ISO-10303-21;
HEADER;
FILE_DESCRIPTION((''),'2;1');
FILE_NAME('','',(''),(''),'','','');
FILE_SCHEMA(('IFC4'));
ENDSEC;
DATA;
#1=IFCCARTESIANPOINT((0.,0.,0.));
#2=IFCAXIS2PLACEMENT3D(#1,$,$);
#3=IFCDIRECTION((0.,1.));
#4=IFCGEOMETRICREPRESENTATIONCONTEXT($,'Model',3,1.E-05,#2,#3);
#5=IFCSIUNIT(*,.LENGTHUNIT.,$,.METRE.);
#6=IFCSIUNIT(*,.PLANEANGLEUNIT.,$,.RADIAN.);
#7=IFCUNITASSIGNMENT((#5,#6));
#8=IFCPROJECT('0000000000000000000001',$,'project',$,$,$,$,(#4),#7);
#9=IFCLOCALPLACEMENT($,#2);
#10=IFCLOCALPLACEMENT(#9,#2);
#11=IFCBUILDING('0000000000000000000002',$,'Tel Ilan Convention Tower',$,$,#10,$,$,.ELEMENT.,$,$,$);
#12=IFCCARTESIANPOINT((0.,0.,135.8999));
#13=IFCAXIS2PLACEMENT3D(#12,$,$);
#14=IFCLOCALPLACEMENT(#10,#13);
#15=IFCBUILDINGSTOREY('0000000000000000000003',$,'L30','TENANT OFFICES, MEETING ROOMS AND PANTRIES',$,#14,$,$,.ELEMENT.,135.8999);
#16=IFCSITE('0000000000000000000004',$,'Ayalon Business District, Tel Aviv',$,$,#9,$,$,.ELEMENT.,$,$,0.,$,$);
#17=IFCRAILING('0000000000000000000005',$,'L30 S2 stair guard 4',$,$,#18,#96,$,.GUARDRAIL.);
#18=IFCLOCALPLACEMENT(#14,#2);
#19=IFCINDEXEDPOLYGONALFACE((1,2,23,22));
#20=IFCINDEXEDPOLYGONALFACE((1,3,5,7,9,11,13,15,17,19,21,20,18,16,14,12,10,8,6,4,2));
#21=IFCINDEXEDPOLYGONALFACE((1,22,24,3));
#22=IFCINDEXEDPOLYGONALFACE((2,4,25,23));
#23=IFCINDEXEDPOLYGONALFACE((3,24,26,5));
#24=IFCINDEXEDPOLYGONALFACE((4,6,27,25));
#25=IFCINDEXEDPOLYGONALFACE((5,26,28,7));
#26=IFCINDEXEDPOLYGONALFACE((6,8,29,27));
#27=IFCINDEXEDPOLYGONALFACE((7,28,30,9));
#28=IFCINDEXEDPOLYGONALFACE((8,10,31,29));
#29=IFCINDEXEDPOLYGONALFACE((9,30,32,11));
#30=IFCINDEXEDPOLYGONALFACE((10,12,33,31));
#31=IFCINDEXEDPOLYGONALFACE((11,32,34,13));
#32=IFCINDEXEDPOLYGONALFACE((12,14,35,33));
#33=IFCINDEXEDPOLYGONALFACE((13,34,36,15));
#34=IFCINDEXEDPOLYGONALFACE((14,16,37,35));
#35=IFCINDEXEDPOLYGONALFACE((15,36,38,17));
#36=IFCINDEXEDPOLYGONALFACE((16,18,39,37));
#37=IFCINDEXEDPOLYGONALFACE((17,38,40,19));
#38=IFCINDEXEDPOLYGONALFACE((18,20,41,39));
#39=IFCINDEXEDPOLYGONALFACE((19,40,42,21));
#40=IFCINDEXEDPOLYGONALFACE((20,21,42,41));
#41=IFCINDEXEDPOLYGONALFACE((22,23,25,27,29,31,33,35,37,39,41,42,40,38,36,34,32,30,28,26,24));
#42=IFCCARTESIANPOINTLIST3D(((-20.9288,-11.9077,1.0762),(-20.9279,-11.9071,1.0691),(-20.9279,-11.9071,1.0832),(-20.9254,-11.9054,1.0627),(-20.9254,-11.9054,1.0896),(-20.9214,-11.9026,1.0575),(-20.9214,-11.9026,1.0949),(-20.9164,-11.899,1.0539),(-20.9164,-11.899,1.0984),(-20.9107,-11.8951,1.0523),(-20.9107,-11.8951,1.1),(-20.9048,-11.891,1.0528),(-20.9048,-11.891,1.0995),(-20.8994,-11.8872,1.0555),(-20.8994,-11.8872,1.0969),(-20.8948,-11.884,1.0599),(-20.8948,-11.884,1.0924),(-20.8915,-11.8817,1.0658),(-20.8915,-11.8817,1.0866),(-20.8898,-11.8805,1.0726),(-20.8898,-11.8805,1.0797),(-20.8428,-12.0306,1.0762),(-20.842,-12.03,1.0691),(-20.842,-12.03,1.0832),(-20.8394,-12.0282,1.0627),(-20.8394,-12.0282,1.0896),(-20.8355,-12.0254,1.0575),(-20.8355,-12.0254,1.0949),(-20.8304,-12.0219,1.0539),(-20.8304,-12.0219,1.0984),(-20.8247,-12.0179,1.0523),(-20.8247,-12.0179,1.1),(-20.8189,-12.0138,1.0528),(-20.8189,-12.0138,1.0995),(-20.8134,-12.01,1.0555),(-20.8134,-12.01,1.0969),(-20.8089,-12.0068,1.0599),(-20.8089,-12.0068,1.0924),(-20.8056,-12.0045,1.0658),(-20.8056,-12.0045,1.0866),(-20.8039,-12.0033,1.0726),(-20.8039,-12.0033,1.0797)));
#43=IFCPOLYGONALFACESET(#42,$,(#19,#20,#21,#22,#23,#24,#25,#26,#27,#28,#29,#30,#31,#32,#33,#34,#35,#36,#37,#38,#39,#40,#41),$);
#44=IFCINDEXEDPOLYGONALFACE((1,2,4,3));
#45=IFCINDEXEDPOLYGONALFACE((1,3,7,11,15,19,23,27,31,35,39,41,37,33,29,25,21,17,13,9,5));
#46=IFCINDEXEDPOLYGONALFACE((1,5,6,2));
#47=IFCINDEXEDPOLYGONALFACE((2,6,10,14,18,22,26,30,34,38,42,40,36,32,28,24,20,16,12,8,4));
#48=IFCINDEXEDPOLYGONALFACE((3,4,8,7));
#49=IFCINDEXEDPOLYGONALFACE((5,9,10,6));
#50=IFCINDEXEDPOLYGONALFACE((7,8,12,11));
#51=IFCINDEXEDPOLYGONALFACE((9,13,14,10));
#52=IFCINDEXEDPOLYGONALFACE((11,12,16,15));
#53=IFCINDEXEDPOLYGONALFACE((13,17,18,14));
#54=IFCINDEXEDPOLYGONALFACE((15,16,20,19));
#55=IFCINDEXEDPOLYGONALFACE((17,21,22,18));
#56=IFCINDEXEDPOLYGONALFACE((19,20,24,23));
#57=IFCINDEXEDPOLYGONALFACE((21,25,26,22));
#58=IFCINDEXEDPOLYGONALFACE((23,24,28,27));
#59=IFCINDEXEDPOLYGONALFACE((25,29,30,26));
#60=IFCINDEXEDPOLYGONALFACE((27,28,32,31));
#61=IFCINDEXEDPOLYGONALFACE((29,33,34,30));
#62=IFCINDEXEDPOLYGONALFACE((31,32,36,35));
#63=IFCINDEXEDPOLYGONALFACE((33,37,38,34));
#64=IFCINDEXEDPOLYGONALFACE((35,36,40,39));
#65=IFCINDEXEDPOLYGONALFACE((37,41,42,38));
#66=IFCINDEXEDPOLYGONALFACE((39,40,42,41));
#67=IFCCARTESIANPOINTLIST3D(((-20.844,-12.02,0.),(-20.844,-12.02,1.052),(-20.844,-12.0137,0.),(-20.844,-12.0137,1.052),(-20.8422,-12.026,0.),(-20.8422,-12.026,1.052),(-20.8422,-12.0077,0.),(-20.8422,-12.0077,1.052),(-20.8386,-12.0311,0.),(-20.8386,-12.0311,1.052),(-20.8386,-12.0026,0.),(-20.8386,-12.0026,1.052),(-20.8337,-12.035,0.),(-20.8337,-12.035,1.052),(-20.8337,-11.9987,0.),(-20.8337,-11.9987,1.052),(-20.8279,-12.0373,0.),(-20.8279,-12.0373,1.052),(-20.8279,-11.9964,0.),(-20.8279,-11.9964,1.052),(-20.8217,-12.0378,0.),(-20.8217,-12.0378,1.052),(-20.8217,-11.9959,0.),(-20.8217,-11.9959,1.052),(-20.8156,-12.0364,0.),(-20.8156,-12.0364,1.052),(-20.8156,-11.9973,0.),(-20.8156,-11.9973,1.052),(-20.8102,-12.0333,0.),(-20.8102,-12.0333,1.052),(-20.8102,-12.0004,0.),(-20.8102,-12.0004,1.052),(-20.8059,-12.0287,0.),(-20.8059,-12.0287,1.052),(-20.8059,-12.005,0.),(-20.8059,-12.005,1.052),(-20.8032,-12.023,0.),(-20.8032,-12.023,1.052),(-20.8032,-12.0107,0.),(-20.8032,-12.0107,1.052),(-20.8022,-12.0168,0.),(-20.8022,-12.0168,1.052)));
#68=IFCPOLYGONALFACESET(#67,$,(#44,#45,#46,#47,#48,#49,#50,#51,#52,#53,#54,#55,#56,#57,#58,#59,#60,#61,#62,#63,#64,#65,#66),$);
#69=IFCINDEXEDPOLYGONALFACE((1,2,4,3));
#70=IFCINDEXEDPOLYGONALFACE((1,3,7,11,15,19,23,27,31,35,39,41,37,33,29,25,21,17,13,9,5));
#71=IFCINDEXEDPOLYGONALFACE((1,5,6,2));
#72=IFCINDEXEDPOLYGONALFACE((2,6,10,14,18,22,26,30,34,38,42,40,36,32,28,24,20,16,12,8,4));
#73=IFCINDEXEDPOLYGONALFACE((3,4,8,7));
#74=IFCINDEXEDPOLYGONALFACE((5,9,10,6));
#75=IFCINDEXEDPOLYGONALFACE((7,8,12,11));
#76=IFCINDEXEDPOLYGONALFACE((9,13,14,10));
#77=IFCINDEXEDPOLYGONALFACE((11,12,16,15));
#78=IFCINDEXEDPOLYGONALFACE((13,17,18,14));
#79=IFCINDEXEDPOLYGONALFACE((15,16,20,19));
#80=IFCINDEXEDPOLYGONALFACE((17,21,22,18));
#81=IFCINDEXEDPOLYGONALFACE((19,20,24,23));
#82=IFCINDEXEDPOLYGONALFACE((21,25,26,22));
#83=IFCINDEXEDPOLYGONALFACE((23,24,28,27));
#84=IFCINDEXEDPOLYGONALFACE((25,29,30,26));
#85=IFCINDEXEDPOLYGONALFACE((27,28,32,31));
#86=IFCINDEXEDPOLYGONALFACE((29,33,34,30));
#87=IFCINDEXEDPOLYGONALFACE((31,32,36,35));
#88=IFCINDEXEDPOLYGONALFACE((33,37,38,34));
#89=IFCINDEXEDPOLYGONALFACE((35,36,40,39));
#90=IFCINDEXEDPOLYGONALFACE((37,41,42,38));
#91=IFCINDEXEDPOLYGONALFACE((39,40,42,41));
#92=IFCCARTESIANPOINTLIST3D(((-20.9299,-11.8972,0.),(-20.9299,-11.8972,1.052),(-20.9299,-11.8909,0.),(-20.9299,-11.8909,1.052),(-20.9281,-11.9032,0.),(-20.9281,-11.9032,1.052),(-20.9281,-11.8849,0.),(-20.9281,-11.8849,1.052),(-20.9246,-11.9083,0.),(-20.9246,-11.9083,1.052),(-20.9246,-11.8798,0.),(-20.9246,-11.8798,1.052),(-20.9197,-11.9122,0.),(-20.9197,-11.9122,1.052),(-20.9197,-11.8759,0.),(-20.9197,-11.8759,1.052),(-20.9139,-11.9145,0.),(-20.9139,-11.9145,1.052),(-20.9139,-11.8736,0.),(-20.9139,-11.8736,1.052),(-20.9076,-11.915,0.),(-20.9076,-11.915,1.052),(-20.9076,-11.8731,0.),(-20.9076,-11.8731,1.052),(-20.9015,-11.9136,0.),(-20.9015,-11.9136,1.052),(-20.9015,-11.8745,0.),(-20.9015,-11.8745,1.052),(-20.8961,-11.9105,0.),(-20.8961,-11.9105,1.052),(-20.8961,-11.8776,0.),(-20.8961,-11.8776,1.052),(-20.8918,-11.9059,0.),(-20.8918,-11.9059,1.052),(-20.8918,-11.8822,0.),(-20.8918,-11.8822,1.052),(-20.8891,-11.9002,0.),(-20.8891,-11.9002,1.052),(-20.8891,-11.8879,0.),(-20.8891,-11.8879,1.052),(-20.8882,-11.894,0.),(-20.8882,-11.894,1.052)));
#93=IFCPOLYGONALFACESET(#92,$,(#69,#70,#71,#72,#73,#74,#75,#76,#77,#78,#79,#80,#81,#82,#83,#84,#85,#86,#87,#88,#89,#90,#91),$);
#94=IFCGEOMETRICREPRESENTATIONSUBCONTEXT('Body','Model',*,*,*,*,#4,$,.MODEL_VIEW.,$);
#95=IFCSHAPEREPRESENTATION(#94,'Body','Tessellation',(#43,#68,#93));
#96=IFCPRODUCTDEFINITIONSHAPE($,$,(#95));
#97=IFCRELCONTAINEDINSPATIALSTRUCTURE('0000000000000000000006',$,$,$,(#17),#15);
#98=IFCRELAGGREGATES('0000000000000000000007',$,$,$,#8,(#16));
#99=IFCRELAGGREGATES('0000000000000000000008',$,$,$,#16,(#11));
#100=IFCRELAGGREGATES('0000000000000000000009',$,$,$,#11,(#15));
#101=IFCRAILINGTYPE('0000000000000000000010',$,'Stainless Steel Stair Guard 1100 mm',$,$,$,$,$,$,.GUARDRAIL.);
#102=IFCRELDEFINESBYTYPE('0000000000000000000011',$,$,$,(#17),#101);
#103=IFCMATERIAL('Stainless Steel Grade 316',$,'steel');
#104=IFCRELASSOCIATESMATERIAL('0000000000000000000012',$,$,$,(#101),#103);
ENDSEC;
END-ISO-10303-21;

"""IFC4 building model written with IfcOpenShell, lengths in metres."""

from ifc_helpers import new_model, si_unit, direction, frame, origin, origin_2d, place, context, subcontext, project, spatial, circle, extrude, material, type_object, element, save


model = new_model("IFC4")

# Units and contexts
model_context = context("Model", 3, precision=1e-05, world=origin(), true_north=direction((0.0, 1.0)))
body_context = subcontext(model_context, "Body", "Model", "MODEL_VIEW")
ifc_project = project(units=[si_unit("LENGTHUNIT", "METRE"), si_unit("PLANEANGLEUNIT", "RADIAN")], contexts=[model_context])

# Site, building, storey
site_placement = place(None, origin())
site = spatial("IfcSite", under=ifc_project, at=site_placement, Name="Ayalon Business District, Tel Aviv", CompositionType="ELEMENT", RefElevation=0.0)
building_placement = place(site_placement, origin())
building = spatial("IfcBuilding", under=site, at=building_placement, Name="Tel Ilan Convention Tower", CompositionType="ELEMENT")
storey_placement = place(building_placement, frame((0.0, 0.0, 135.8999)))
storey = spatial("IfcBuildingStorey", under=building, at=storey_placement, Name="L30", Description="TENANT OFFICES, MEETING ROOMS AND PANTRIES", CompositionType="ELEMENT", Elevation=135.8999)

# Railing
ifc_material_1 = material(Name="Stainless Steel Grade 316", Category="steel")
railing_type_1 = type_object("IfcRailingType", Name="Stainless Steel Stair Guard 1100 mm", PredefinedType="GUARDRAIL", material=ifc_material_1)
railing_1_placement = place(storey_placement, frame((-20.8232, -12.0168, 0.0)))
element("IfcRailing", 1, at=railing_1_placement, inside=storey, type_object=railing_type_1, Name="L30 S2 stair guard 4", PredefinedType="GUARDRAIL", context=body_context, shape_type="SweptSolid", body=[
    extrude(circle(Radius=0.0239, at=origin_2d()), frame((0.0, 0.0, 1.0762), z_axis=(-0.573353, 0.819308, 0.0), x_axis=(-0.819308, -0.573353, 0.0)), (0.0, 0.0, 1.0), 0.1499),
    extrude(circle(Radius=0.021, at=origin_2d()), origin(), (0.0, 0.0, 1.0), 1.052),
    extrude(circle(Radius=0.021, at=origin_2d()), frame((-0.0859, 0.1228, 0.0)), (0.0, 0.0, 1.0), 1.052),
])

save(model, "model.ifc")
